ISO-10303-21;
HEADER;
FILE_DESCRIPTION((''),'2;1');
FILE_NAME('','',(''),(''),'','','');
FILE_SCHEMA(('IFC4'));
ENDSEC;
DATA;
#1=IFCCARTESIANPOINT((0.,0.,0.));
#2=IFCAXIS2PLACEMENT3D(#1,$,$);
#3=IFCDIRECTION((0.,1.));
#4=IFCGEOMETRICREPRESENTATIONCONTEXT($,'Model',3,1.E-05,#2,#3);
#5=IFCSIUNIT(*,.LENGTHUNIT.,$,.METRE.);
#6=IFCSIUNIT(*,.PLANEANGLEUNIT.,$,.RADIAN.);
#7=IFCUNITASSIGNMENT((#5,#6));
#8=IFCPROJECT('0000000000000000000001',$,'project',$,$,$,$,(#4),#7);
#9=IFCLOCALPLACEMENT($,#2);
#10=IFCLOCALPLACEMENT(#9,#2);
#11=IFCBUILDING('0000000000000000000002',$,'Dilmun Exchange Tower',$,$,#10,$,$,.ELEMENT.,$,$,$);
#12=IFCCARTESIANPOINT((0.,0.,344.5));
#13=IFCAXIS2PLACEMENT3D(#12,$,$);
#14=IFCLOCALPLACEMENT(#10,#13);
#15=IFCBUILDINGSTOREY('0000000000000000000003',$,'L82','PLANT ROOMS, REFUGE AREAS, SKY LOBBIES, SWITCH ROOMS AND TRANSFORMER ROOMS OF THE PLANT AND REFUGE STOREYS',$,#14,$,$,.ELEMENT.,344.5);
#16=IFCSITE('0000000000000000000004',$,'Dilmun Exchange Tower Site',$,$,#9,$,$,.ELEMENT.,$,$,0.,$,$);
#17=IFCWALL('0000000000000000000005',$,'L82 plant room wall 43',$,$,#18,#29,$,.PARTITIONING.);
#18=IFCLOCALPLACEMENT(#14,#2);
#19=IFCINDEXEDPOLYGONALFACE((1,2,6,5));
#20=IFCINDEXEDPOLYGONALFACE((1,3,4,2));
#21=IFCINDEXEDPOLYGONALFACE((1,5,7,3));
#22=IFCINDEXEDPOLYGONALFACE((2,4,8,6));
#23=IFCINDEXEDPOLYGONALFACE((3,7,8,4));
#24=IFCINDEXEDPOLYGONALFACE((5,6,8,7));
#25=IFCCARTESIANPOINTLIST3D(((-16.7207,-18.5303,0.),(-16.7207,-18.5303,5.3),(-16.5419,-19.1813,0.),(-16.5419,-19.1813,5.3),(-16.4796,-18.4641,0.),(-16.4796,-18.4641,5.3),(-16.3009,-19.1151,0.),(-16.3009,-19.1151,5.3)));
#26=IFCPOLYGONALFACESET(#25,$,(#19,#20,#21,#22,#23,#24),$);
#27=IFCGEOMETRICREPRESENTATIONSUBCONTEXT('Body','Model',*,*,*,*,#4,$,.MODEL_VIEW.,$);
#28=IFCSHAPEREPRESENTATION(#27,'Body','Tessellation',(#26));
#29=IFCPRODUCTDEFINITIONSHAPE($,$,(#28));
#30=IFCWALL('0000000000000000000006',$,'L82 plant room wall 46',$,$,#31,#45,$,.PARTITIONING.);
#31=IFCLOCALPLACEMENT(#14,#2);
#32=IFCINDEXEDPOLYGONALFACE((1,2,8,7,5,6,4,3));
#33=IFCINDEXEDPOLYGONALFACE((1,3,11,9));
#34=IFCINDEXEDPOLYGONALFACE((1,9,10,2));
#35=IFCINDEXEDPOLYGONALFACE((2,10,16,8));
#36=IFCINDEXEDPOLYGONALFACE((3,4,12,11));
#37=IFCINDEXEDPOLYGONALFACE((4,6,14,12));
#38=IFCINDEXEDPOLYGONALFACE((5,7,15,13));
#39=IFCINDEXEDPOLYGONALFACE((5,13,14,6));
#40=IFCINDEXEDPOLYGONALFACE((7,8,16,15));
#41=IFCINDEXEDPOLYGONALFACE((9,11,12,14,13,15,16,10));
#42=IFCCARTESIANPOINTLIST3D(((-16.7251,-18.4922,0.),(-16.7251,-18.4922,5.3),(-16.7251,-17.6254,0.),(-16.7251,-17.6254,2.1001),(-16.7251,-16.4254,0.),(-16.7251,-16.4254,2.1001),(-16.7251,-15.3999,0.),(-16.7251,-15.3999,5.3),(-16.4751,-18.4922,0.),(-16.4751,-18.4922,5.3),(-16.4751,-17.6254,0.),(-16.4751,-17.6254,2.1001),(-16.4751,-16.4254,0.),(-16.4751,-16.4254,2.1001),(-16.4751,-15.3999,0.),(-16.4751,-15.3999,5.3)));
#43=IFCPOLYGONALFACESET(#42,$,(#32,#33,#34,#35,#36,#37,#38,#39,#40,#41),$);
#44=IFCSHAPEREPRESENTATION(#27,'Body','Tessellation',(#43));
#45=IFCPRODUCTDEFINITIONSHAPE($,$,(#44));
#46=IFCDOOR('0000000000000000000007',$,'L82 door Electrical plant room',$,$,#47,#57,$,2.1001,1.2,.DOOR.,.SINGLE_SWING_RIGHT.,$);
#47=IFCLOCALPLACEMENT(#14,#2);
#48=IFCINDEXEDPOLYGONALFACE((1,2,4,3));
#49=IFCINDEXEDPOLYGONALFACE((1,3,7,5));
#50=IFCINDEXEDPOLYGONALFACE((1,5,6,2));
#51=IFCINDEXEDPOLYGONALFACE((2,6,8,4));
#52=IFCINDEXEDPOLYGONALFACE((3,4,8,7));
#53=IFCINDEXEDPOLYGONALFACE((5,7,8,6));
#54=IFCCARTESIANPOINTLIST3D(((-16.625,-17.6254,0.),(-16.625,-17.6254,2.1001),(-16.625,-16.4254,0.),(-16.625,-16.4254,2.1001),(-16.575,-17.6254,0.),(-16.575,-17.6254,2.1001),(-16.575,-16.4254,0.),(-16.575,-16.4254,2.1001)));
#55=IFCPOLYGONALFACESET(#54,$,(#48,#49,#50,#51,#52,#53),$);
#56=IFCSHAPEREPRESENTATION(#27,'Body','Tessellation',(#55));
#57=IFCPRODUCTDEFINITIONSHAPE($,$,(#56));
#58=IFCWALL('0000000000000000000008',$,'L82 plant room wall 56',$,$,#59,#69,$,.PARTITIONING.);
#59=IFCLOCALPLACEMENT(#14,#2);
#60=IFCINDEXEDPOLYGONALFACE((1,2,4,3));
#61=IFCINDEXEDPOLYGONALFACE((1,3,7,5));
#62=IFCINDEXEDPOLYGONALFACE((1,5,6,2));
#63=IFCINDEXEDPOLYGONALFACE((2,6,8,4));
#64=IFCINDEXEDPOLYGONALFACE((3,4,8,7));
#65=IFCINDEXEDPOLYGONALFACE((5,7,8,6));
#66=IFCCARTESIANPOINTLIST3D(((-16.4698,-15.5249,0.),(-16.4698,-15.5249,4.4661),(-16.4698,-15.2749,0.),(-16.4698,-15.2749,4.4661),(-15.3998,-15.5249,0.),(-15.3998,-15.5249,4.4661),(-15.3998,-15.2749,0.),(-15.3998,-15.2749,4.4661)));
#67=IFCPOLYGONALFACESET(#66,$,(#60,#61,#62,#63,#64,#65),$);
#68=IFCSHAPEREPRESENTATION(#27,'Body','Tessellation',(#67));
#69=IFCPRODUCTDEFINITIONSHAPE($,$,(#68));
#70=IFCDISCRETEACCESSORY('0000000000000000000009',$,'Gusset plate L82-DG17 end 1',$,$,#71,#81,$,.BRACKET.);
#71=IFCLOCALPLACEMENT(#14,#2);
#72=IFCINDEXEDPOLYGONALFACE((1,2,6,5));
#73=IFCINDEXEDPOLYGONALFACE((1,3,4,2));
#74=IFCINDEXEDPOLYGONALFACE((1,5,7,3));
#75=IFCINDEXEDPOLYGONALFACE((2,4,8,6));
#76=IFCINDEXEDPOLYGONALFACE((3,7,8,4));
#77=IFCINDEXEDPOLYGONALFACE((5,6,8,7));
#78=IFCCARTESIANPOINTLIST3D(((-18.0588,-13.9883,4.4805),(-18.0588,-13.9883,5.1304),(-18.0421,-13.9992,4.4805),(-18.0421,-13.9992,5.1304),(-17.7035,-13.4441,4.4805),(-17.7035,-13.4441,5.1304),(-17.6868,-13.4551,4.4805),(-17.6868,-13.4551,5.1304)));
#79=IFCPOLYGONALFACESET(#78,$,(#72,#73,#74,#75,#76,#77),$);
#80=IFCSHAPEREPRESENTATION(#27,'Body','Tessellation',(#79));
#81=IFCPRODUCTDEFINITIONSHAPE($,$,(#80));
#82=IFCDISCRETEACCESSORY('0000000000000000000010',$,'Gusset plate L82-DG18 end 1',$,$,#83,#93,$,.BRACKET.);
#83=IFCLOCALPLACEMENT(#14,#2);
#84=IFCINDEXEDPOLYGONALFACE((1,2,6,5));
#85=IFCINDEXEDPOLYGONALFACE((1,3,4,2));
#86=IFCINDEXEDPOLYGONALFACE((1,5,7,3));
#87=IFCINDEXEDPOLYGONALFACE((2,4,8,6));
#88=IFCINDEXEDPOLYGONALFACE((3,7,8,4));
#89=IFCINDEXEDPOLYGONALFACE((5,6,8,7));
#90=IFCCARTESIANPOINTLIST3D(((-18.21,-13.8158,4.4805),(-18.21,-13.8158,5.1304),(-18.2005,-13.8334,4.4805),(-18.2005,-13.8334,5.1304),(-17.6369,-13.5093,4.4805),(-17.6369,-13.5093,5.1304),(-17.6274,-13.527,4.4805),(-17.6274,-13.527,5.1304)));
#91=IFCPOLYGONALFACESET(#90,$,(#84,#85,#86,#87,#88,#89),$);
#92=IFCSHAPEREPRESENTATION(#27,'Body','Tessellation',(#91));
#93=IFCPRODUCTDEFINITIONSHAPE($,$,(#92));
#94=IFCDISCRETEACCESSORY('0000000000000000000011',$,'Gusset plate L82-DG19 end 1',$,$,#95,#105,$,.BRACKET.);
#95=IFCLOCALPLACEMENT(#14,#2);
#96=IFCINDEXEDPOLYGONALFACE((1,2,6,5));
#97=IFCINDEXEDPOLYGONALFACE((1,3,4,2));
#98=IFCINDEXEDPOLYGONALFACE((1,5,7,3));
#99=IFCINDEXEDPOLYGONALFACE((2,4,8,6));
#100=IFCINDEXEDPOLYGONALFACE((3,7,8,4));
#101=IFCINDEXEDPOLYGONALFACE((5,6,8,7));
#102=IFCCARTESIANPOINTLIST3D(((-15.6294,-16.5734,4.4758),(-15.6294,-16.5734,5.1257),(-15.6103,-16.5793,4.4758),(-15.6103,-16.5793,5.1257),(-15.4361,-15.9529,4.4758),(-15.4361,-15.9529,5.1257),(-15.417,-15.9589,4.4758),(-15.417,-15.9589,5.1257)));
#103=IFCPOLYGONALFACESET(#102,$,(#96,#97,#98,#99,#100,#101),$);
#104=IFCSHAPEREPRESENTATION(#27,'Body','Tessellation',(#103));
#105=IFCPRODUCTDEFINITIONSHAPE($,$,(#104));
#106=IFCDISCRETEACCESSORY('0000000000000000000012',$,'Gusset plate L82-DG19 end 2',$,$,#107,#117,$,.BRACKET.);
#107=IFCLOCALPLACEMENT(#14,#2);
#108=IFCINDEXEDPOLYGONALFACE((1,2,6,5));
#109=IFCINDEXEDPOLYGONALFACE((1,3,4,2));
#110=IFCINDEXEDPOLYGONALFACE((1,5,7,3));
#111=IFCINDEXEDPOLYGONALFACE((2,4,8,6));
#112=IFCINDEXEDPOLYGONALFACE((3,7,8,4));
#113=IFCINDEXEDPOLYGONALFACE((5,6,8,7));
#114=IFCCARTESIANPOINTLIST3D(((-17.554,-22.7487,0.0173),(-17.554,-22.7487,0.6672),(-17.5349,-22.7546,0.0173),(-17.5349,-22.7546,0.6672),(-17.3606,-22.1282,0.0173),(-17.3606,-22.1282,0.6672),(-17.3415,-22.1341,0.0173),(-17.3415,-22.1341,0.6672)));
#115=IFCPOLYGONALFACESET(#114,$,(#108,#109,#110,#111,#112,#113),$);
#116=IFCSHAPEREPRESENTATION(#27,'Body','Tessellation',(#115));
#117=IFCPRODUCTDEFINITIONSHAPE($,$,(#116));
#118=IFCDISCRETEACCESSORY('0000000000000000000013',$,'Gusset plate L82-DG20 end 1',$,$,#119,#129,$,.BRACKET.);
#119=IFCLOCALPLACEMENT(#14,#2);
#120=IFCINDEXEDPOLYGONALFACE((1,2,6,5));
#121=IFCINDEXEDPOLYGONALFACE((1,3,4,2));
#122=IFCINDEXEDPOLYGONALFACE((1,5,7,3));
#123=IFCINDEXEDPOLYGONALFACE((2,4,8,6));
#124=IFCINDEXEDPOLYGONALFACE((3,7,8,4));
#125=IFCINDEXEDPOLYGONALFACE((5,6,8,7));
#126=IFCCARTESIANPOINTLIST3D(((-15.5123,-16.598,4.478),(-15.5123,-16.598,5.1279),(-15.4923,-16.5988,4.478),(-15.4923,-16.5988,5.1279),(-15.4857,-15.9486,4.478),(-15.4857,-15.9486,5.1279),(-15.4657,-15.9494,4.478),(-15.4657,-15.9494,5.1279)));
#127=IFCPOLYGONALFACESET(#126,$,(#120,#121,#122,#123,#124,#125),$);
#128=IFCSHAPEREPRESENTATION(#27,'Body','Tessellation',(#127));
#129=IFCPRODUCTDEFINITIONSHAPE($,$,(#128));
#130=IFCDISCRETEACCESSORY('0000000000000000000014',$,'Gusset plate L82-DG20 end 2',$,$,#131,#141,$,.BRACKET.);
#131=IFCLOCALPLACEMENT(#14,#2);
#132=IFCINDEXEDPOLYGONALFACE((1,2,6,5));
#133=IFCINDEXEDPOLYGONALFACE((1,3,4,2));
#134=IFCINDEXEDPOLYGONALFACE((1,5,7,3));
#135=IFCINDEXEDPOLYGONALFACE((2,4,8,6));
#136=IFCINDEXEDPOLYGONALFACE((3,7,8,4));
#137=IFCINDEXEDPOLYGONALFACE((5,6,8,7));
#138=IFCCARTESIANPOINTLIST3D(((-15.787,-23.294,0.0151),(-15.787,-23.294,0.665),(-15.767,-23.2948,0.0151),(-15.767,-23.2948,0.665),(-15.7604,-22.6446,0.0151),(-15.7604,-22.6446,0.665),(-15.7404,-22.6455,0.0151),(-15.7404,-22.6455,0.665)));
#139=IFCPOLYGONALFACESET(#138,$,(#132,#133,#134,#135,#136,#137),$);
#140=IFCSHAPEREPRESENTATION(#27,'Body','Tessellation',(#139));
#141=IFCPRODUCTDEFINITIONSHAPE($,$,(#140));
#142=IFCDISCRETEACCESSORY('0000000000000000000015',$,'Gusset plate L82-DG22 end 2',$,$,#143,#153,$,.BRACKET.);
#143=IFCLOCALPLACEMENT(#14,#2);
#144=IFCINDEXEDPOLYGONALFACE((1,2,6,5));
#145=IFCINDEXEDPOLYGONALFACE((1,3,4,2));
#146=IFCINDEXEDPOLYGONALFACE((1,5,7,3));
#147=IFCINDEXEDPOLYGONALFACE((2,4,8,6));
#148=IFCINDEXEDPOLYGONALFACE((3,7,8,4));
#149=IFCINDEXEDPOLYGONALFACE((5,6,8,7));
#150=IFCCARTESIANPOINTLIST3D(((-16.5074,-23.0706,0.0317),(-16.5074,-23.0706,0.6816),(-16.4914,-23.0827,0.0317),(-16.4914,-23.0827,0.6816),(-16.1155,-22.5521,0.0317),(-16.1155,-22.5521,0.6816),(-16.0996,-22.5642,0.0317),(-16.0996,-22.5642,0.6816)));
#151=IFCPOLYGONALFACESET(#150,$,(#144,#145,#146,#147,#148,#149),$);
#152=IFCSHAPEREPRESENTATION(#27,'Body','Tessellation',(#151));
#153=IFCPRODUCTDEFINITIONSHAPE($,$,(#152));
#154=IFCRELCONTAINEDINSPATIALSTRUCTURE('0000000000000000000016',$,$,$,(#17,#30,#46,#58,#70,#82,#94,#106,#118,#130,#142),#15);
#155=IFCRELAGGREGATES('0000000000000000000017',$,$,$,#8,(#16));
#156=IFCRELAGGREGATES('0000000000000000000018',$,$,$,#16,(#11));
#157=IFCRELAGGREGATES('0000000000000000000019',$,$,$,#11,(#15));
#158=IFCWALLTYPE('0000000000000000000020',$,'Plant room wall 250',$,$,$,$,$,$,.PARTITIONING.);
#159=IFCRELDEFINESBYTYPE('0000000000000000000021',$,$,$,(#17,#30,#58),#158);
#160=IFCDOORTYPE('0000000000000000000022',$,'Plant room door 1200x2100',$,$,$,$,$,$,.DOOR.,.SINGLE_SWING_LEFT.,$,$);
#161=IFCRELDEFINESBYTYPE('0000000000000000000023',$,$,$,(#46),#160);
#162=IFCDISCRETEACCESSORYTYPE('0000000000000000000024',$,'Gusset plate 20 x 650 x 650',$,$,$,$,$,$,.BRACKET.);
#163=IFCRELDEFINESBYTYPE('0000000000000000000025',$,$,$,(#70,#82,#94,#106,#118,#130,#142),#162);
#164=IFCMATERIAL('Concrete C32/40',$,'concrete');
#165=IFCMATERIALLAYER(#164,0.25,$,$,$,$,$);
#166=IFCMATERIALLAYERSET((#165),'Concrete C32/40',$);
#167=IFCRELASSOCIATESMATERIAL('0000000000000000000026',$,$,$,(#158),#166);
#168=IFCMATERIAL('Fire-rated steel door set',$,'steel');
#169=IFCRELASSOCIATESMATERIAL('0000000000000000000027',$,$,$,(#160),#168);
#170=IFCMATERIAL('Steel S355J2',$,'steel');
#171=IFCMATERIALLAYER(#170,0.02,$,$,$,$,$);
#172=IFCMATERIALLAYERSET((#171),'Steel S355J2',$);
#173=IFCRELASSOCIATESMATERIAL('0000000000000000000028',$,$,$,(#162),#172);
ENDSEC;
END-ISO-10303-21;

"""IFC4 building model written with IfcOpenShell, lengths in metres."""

from ifc_helpers import new_model, si_unit, direction, frame, frame_2d, origin, origin_2d, place, context, subcontext, project, spatial, rectangle, extrude, material, layer, layer_set, type_object, element, fill, save


model = new_model("IFC4")

# Units and contexts
model_context = context("Model", 3, precision=1e-05, world=origin(), true_north=direction((0.0, 1.0)))
body_context = subcontext(model_context, "Body", "Model", "MODEL_VIEW")
ifc_project = project(units=[si_unit("LENGTHUNIT", "METRE"), si_unit("PLANEANGLEUNIT", "RADIAN")], contexts=[model_context])

# Site, building, storey
site_placement = place(None, origin())
site = spatial("IfcSite", under=ifc_project, at=site_placement, Name="Dilmun Exchange Tower Site", CompositionType="ELEMENT", RefElevation=0.0)
building_placement = place(site_placement, origin())
building = spatial("IfcBuilding", under=site, at=building_placement, Name="Dilmun Exchange Tower", CompositionType="ELEMENT")
storey_placement = place(building_placement, frame((0.0, 0.0, 344.5)))
storey = spatial("IfcBuildingStorey", under=building, at=storey_placement, Name="L82", Description="PLANT ROOMS, REFUGE AREAS, SKY LOBBIES, SWITCH ROOMS AND TRANSFORMER ROOMS OF THE PLANT AND REFUGE STOREYS", CompositionType="ELEMENT", Elevation=344.5)

# Wall
ifc_material_1 = material(Name="Concrete C32/40", Category="concrete")
ifc_layer_1 = layer(ifc_material_1, 0.25)
ifc_layer_set_1 = layer_set([ifc_layer_1], Name="Concrete C32/40")
wall_type = type_object("IfcWallType", Name="Plant room wall 250", PredefinedType="PARTITIONING", material=ifc_layer_set_1)
wall_1_placement = place(storey_placement, frame((-16.6001, -18.4973, 0.0), z_axis=(0.0, 0.0, 1.0), x_axis=(0.26477, -0.964312, 0.0)))
element("IfcWall", 1, at=wall_1_placement, inside=storey, type_object=wall_type, Name="L82 plant room wall 43", PredefinedType="PARTITIONING", context=body_context, shape_type="SweptSolid", body=[
    extrude(rectangle(XDim=0.675, YDim=0.25, at=frame_2d((0.3374, 0.0))), origin(), (0.0, 0.0, 1.0), 5.3),
])

# Wall, opening, door
wall_2_placement = place(storey_placement, frame((-16.6001, -18.4922, 0.0), z_axis=(0.0, 0.0, 1.0), x_axis=(0.0, 1.0, 0.0)))
wall_2 = element("IfcWall", 2, at=wall_2_placement, inside=storey, type_object=wall_type, Name="L82 plant room wall 46", PredefinedType="PARTITIONING", context=body_context, shape_type="SweptSolid", body=[
    extrude(rectangle(XDim=3.0923, YDim=0.25, at=frame_2d((1.5461, 0.0))), origin(), (0.0, 0.0, 1.0), 5.3),
])
opening_placement = place(wall_2_placement, frame((0.8667, 0.0, 0.0)))
opening = element("IfcOpeningElement", 3, at=opening_placement, cuts=wall_2, PredefinedType="OPENING", context=body_context, shape_type="SweptSolid", body=[
    extrude(rectangle(XDim=1.2, YDim=2.1001, at=frame_2d((0.6001, 1.05))), frame((0.0, 0.135, 0.0), z_axis=(0.0, -1.0, 0.0), x_axis=(1.0, 0.0, 0.0)), (0.0, 0.0, 1.0), 0.27),
])
ifc_material_2 = material(Name="Fire-rated steel door set", Category="steel")
door_type = type_object("IfcDoorType", Name="Plant room door 1200x2100", OperationType="SINGLE_SWING_LEFT", PredefinedType="DOOR", material=ifc_material_2)
door_placement = place(opening_placement, origin())
door = element("IfcDoor", 4, at=door_placement, inside=storey, type_object=door_type, Name="L82 door Electrical plant room", OperationType="SINGLE_SWING_RIGHT", OverallHeight=2.1001, OverallWidth=1.2, PredefinedType="DOOR", context=body_context, shape_type="SweptSolid", body=[
    extrude(rectangle(XDim=1.2, YDim=2.1001, at=frame_2d((0.6001, 1.05))), frame((0.0, 0.0249, 0.0), z_axis=(0.0, -1.0, 0.0), x_axis=(1.0, 0.0, 0.0)), (0.0, 0.0, 1.0), 0.05),
])
fill(opening, door)

# Wall
wall_3_placement = place(storey_placement, frame((-16.47, -15.3999, 0.0), z_axis=(0.0, 0.0, 1.0), x_axis=(1.0, 0.0, 0.0)))
element("IfcWall", 5, at=wall_3_placement, inside=storey, type_object=wall_type, Name="L82 plant room wall 56", PredefinedType="PARTITIONING", context=body_context, shape_type="SweptSolid", body=[
    extrude(rectangle(XDim=1.0701, YDim=0.25, at=frame_2d((0.5352, 0.0))), origin(), (0.0, 0.0, 1.0), 4.4661),
])

# Discrete accessories
ifc_material_3 = material(Name="Steel S355J2", Category="steel")
ifc_layer_2 = layer(ifc_material_3, 0.02)
ifc_layer_set_2 = layer_set([ifc_layer_2], Name="Steel S355J2")
discrete_accessory_type = type_object("IfcDiscreteAccessoryType", Name="Gusset plate 20 x 650 x 650", PredefinedType="BRACKET", material=ifc_layer_set_2)
for number, where, z_axis, x_axis, name in (
    (6, (-17.8728, -13.7217, 4.4805), (0.0, 0.0, 1.0), (-0.546704, -0.837326, 0.0), "Gusset plate L82-DG17 end 1"),
    (7, (-17.9187, -13.6714, 4.4805), (0.0, 0.0, 1.0), (-0.881851, -0.471528, 0.0), "Gusset plate L82-DG18 end 1"),
    (8, (-15.5232, -16.2661, 4.4758), (0.0, 0.0, 1.0), (-0.297532, -0.954712, 0.0), "Gusset plate L82-DG19 end 1"),
    (9, (-17.4478, -22.4414, 0.0173), (0.0, 0.0, 1.0), (-0.297532, -0.954712, 0.0), "Gusset plate L82-DG19 end 2"),
    (10, (-15.489, -16.2737, 4.478), (0.0, 0.0, 1.0), (-0.040964, -0.999161, 0.0), "Gusset plate L82-DG20 end 1"),
    (11, (-15.7637, -22.9697, 0.0151), (0.0, 0.0, 1.0), (-0.040964, -0.999161, 0.0), "Gusset plate L82-DG20 end 2"),
    (12, (-16.3035, -22.8174, 0.0317), (0.0, 0.0, 1.0), (-0.602931, -0.797793, 0.0), "Gusset plate L82-DG22 end 2"),
):
    element("IfcDiscreteAccessory", number, at=place(storey_placement, frame(where, z_axis=z_axis, x_axis=x_axis)), inside=storey, type_object=discrete_accessory_type, Name=name, PredefinedType="BRACKET", context=body_context, shape_type="SweptSolid", body=[
        extrude(rectangle(XDim=0.6499, YDim=0.02, at=origin_2d()), origin(), (0.0, 0.0, 1.0), 0.6499),
    ])

save(model, "model.ifc")
